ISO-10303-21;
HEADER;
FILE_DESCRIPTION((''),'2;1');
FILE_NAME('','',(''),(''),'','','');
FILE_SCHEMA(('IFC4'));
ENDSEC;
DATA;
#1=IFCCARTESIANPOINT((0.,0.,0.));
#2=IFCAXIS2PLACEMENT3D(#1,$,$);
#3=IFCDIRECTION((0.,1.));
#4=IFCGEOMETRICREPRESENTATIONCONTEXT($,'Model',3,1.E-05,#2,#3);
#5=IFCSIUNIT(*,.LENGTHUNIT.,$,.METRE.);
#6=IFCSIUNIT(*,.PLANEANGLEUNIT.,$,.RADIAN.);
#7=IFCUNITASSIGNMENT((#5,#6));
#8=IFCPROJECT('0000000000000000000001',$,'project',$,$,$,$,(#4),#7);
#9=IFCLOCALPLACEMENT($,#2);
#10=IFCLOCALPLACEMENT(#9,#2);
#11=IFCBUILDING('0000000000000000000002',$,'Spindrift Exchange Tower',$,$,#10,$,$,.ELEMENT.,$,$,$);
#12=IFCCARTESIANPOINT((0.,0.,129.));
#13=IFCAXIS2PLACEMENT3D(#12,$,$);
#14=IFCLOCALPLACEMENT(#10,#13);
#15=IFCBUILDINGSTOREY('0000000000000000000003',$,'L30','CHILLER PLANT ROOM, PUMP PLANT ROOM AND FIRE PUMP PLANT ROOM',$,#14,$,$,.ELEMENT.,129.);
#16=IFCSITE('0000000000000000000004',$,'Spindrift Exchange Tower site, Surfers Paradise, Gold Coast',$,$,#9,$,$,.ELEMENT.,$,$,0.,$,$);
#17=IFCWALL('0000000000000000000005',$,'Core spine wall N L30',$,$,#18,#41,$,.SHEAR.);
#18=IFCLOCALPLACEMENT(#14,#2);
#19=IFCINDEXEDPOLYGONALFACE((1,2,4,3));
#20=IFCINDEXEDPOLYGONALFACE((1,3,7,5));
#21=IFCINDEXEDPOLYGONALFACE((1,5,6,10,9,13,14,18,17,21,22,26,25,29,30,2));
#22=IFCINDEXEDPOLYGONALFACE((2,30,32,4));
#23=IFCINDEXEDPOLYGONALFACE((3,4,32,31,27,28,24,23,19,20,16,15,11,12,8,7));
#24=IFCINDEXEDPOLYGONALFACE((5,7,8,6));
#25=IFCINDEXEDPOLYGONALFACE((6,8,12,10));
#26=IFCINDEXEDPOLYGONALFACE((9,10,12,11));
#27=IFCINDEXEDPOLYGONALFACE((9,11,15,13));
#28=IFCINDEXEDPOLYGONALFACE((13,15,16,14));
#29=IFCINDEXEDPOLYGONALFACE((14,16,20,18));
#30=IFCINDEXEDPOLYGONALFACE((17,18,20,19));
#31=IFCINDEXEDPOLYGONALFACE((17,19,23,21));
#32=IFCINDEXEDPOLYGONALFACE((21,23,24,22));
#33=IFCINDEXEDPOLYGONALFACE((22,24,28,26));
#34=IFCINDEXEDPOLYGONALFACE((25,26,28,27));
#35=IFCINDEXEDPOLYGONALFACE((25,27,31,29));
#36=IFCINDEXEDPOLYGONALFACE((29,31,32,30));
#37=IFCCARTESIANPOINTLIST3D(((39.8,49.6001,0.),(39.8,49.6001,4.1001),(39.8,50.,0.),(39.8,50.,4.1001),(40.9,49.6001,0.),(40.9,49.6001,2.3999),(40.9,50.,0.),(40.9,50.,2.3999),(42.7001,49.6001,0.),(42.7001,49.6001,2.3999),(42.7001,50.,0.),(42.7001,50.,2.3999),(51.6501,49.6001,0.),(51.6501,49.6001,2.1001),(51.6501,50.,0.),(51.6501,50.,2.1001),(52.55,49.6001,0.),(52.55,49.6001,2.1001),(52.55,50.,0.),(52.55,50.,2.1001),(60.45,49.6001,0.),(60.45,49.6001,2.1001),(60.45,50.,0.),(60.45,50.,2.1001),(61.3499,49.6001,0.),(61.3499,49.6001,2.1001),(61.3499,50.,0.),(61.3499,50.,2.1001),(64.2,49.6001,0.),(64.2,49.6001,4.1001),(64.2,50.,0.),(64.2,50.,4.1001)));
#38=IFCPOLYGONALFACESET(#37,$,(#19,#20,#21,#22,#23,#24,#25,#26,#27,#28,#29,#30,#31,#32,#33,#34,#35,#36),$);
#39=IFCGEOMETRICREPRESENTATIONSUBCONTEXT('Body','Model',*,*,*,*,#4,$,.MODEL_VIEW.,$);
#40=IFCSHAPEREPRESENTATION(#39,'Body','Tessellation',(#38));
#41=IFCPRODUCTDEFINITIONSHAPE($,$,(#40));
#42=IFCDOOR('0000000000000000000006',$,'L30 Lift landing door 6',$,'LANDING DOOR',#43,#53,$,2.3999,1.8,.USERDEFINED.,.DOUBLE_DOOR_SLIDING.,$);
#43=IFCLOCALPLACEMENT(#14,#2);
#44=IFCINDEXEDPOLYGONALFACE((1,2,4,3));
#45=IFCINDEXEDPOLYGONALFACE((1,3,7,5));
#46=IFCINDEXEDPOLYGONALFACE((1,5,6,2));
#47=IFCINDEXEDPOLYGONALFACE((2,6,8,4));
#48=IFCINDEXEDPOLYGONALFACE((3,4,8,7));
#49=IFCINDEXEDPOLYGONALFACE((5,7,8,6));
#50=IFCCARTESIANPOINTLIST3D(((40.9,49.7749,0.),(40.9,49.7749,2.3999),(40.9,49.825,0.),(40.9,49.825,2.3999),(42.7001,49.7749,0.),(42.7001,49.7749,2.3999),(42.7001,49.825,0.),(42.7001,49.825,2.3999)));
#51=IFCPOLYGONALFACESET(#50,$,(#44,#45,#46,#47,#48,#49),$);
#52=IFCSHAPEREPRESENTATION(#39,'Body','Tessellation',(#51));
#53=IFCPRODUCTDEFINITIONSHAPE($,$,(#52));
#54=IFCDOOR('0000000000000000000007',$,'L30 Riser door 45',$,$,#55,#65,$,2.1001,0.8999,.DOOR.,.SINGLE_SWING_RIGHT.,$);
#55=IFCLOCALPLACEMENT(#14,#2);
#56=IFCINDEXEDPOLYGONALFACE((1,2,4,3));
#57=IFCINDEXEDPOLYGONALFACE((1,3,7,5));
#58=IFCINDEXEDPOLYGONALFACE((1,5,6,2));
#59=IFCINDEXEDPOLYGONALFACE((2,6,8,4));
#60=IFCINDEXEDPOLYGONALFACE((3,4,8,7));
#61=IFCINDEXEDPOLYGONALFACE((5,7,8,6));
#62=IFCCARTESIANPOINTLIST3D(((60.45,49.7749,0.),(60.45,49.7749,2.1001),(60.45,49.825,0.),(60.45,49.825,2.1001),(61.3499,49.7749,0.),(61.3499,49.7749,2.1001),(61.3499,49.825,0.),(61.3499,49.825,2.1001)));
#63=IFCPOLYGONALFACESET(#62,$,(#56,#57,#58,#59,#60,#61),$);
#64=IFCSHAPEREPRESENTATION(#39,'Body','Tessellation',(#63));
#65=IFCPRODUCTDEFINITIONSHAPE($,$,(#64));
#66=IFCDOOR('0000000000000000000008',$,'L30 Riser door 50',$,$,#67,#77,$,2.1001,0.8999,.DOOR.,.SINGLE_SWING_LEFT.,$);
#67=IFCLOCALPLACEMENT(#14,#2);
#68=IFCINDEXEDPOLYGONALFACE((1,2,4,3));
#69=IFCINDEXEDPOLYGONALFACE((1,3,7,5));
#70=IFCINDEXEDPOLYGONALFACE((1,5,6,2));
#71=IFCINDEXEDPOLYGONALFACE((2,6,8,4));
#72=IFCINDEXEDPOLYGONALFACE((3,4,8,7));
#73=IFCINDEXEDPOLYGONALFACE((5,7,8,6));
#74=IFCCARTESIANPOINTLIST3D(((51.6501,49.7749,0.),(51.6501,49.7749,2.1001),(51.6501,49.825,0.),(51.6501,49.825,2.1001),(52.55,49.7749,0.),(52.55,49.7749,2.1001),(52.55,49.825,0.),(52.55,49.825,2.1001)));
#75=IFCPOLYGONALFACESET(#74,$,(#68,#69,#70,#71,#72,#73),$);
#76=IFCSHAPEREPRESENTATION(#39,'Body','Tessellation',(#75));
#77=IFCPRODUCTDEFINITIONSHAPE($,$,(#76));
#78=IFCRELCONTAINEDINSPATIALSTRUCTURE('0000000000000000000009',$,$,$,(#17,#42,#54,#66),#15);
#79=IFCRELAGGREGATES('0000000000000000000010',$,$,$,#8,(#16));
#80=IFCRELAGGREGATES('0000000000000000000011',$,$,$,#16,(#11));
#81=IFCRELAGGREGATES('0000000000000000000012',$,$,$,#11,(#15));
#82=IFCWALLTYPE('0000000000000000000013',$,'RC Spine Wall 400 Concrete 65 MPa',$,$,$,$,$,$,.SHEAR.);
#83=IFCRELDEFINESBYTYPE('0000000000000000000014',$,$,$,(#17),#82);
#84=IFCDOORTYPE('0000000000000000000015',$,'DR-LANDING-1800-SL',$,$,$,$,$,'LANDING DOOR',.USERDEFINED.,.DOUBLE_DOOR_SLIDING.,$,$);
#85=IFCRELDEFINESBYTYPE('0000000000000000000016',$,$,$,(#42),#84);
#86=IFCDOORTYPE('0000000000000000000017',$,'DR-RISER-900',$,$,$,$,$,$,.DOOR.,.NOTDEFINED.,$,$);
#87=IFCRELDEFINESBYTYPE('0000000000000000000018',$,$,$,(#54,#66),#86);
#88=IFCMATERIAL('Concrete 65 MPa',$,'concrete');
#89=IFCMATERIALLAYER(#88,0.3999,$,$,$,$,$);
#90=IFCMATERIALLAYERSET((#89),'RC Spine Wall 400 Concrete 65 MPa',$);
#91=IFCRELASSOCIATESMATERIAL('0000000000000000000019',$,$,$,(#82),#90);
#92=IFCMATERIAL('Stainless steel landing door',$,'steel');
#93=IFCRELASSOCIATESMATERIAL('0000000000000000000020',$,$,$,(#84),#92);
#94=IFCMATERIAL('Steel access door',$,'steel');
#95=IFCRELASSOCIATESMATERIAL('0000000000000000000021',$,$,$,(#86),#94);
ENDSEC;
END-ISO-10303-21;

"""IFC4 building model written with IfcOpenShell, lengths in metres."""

from ifc_helpers import new_model, si_unit, direction, frame, frame_2d, origin, place, context, subcontext, project, spatial, rectangle, extrude, source, transform, mapped, material, layer, layer_set, type_object, element, fill, save


model = new_model("IFC4")

# Units and contexts
model_context = context("Model", 3, precision=1e-05, world=origin(), true_north=direction((0.0, 1.0)))
body_context = subcontext(model_context, "Body", "Model", "MODEL_VIEW")
ifc_project = project(units=[si_unit("LENGTHUNIT", "METRE"), si_unit("PLANEANGLEUNIT", "RADIAN")], contexts=[model_context])

# Site, building, storey
site_placement = place(None, origin())
site = spatial("IfcSite", under=ifc_project, at=site_placement, Name="Spindrift Exchange Tower site, Surfers Paradise, Gold Coast", CompositionType="ELEMENT", RefElevation=0.0)
building_placement = place(site_placement, origin())
building = spatial("IfcBuilding", under=site, at=building_placement, Name="Spindrift Exchange Tower", CompositionType="ELEMENT")
storey_placement = place(building_placement, frame((0.0, 0.0, 129.0)))
storey = spatial("IfcBuildingStorey", under=building, at=storey_placement, Name="L30", Description="CHILLER PLANT ROOM, PUMP PLANT ROOM AND FIRE PUMP PLANT ROOM", CompositionType="ELEMENT", Elevation=129.0)

# Wall, openings, doors
ifc_material_1 = material(Name="Concrete 65 MPa", Category="concrete")
ifc_layer_1 = layer(ifc_material_1, 0.3999)
ifc_layer_set_1 = layer_set([ifc_layer_1], Name="RC Spine Wall 400 Concrete 65 MPa")
wall_type_1 = type_object("IfcWallType", Name="RC Spine Wall 400 Concrete 65 MPa", PredefinedType="SHEAR", material=ifc_layer_set_1)
wall_1_placement = place(storey_placement, frame((39.8, 49.8, 0.0), z_axis=(0.0, 0.0, 1.0), x_axis=(1.0, 0.0, 0.0)))
wall_1 = element("IfcWall", 1, at=wall_1_placement, inside=storey, type_object=wall_type_1, Name="Core spine wall N L30", PredefinedType="SHEAR", context=body_context, shape_type="SweptSolid", body=[
    extrude(rectangle(XDim=24.3999, YDim=0.3999, at=frame_2d((12.2, 0.0))), origin(), (0.0, 0.0, 1.0), 4.1001),
])
opening_1_placement = place(wall_1_placement, frame((1.1001, 0.0, 0.0)))
opening_1 = element("IfcOpeningElement", 2, at=opening_1_placement, cuts=wall_1, PredefinedType="OPENING", context=body_context, shape_type="SweptSolid", body=[
    extrude(rectangle(XDim=1.8, YDim=2.3999, at=frame_2d((0.8999, 1.2))), frame((0.0, 0.21, 0.0), z_axis=(0.0, -1.0, 0.0), x_axis=(1.0, 0.0, 0.0)), (0.0, 0.0, 1.0), 0.4199),
])
opening_2_placement = place(wall_1_placement, frame((20.6499, 0.0, 0.0)))
opening_2 = element("IfcOpeningElement", 3, at=opening_2_placement, cuts=wall_1, PredefinedType="OPENING", context=body_context, shape_type="SweptSolid", body=[
    extrude(rectangle(XDim=0.8999, YDim=2.1001, at=frame_2d((0.45, 1.05))), frame((0.0, 0.21, 0.0), z_axis=(0.0, -1.0, 0.0), x_axis=(1.0, 0.0, 0.0)), (0.0, 0.0, 1.0), 0.4199),
])
opening_3_placement = place(wall_1_placement, frame((11.8501, 0.0, 0.0)))
opening_3 = element("IfcOpeningElement", 4, at=opening_3_placement, cuts=wall_1, PredefinedType="OPENING", context=body_context, shape_type="SweptSolid", body=[
    extrude(rectangle(XDim=0.8999, YDim=2.1001, at=frame_2d((0.45, 1.05))), frame((0.0, 0.21, 0.0), z_axis=(0.0, -1.0, 0.0), x_axis=(1.0, 0.0, 0.0)), (0.0, 0.0, 1.0), 0.4199),
])
ifc_material_2 = material(Name="Stainless steel landing door", Category="steel")
door_type_1 = type_object("IfcDoorType", Name="DR-LANDING-1800-SL", ElementType="LANDING DOOR", OperationType="DOUBLE_DOOR_SLIDING", PredefinedType="USERDEFINED", material=ifc_material_2)
shared_shape_1 = source(origin(), body_context, "Body", "SweptSolid", [
    extrude(rectangle(XDim=1.8, YDim=2.3999, at=frame_2d((0.8999, 1.2))), frame((0.0, 0.0249, 0.0), z_axis=(0.0, -1.0, 0.0), x_axis=(1.0, 0.0, 0.0)), (0.0, 0.0, 1.0), 0.05),
])
door_1_placement = place(opening_1_placement, origin())
door_1 = element("IfcDoor", 5, at=door_1_placement, inside=storey, type_object=door_type_1, Name="L30 Lift landing door 6", ObjectType="LANDING DOOR", OperationType="DOUBLE_DOOR_SLIDING", OverallHeight=2.3999, OverallWidth=1.8, PredefinedType="USERDEFINED", context=body_context, shape_type="MappedRepresentation", body=[
    mapped(shared_shape_1, transform((0.0, 0.0, 0.0), scale=1.0)),
])
fill(opening_1, door_1)
ifc_material_3 = material(Name="Steel access door", Category="steel")
door_type_2 = type_object("IfcDoorType", Name="DR-RISER-900", OperationType="NOTDEFINED", PredefinedType="DOOR", material=ifc_material_3)
shared_shape_2 = source(origin(), body_context, "Body", "SweptSolid", [
    extrude(rectangle(XDim=0.8999, YDim=2.1001, at=frame_2d((0.45, 1.05))), frame((0.0, 0.0249, 0.0), z_axis=(0.0, -1.0, 0.0), x_axis=(1.0, 0.0, 0.0)), (0.0, 0.0, 1.0), 0.05),
])
door_2_placement = place(opening_2_placement, origin())
door_2 = element("IfcDoor", 6, at=door_2_placement, inside=storey, type_object=door_type_2, Name="L30 Riser door 45", OperationType="SINGLE_SWING_RIGHT", OverallHeight=2.1001, OverallWidth=0.8999, PredefinedType="DOOR", context=body_context, shape_type="MappedRepresentation", body=[
    mapped(shared_shape_2, transform((0.0, 0.0, 0.0), scale=1.0)),
])
fill(opening_2, door_2)
door_3_placement = place(opening_3_placement, origin())
door_3 = element("IfcDoor", 7, at=door_3_placement, inside=storey, type_object=door_type_2, Name="L30 Riser door 50", OperationType="SINGLE_SWING_LEFT", OverallHeight=2.1001, OverallWidth=0.8999, PredefinedType="DOOR", context=body_context, shape_type="MappedRepresentation", body=[
    mapped(shared_shape_2, transform((0.0, 0.0, 0.0), scale=1.0)),
])
fill(opening_3, door_3)

save(model, "model.ifc")
